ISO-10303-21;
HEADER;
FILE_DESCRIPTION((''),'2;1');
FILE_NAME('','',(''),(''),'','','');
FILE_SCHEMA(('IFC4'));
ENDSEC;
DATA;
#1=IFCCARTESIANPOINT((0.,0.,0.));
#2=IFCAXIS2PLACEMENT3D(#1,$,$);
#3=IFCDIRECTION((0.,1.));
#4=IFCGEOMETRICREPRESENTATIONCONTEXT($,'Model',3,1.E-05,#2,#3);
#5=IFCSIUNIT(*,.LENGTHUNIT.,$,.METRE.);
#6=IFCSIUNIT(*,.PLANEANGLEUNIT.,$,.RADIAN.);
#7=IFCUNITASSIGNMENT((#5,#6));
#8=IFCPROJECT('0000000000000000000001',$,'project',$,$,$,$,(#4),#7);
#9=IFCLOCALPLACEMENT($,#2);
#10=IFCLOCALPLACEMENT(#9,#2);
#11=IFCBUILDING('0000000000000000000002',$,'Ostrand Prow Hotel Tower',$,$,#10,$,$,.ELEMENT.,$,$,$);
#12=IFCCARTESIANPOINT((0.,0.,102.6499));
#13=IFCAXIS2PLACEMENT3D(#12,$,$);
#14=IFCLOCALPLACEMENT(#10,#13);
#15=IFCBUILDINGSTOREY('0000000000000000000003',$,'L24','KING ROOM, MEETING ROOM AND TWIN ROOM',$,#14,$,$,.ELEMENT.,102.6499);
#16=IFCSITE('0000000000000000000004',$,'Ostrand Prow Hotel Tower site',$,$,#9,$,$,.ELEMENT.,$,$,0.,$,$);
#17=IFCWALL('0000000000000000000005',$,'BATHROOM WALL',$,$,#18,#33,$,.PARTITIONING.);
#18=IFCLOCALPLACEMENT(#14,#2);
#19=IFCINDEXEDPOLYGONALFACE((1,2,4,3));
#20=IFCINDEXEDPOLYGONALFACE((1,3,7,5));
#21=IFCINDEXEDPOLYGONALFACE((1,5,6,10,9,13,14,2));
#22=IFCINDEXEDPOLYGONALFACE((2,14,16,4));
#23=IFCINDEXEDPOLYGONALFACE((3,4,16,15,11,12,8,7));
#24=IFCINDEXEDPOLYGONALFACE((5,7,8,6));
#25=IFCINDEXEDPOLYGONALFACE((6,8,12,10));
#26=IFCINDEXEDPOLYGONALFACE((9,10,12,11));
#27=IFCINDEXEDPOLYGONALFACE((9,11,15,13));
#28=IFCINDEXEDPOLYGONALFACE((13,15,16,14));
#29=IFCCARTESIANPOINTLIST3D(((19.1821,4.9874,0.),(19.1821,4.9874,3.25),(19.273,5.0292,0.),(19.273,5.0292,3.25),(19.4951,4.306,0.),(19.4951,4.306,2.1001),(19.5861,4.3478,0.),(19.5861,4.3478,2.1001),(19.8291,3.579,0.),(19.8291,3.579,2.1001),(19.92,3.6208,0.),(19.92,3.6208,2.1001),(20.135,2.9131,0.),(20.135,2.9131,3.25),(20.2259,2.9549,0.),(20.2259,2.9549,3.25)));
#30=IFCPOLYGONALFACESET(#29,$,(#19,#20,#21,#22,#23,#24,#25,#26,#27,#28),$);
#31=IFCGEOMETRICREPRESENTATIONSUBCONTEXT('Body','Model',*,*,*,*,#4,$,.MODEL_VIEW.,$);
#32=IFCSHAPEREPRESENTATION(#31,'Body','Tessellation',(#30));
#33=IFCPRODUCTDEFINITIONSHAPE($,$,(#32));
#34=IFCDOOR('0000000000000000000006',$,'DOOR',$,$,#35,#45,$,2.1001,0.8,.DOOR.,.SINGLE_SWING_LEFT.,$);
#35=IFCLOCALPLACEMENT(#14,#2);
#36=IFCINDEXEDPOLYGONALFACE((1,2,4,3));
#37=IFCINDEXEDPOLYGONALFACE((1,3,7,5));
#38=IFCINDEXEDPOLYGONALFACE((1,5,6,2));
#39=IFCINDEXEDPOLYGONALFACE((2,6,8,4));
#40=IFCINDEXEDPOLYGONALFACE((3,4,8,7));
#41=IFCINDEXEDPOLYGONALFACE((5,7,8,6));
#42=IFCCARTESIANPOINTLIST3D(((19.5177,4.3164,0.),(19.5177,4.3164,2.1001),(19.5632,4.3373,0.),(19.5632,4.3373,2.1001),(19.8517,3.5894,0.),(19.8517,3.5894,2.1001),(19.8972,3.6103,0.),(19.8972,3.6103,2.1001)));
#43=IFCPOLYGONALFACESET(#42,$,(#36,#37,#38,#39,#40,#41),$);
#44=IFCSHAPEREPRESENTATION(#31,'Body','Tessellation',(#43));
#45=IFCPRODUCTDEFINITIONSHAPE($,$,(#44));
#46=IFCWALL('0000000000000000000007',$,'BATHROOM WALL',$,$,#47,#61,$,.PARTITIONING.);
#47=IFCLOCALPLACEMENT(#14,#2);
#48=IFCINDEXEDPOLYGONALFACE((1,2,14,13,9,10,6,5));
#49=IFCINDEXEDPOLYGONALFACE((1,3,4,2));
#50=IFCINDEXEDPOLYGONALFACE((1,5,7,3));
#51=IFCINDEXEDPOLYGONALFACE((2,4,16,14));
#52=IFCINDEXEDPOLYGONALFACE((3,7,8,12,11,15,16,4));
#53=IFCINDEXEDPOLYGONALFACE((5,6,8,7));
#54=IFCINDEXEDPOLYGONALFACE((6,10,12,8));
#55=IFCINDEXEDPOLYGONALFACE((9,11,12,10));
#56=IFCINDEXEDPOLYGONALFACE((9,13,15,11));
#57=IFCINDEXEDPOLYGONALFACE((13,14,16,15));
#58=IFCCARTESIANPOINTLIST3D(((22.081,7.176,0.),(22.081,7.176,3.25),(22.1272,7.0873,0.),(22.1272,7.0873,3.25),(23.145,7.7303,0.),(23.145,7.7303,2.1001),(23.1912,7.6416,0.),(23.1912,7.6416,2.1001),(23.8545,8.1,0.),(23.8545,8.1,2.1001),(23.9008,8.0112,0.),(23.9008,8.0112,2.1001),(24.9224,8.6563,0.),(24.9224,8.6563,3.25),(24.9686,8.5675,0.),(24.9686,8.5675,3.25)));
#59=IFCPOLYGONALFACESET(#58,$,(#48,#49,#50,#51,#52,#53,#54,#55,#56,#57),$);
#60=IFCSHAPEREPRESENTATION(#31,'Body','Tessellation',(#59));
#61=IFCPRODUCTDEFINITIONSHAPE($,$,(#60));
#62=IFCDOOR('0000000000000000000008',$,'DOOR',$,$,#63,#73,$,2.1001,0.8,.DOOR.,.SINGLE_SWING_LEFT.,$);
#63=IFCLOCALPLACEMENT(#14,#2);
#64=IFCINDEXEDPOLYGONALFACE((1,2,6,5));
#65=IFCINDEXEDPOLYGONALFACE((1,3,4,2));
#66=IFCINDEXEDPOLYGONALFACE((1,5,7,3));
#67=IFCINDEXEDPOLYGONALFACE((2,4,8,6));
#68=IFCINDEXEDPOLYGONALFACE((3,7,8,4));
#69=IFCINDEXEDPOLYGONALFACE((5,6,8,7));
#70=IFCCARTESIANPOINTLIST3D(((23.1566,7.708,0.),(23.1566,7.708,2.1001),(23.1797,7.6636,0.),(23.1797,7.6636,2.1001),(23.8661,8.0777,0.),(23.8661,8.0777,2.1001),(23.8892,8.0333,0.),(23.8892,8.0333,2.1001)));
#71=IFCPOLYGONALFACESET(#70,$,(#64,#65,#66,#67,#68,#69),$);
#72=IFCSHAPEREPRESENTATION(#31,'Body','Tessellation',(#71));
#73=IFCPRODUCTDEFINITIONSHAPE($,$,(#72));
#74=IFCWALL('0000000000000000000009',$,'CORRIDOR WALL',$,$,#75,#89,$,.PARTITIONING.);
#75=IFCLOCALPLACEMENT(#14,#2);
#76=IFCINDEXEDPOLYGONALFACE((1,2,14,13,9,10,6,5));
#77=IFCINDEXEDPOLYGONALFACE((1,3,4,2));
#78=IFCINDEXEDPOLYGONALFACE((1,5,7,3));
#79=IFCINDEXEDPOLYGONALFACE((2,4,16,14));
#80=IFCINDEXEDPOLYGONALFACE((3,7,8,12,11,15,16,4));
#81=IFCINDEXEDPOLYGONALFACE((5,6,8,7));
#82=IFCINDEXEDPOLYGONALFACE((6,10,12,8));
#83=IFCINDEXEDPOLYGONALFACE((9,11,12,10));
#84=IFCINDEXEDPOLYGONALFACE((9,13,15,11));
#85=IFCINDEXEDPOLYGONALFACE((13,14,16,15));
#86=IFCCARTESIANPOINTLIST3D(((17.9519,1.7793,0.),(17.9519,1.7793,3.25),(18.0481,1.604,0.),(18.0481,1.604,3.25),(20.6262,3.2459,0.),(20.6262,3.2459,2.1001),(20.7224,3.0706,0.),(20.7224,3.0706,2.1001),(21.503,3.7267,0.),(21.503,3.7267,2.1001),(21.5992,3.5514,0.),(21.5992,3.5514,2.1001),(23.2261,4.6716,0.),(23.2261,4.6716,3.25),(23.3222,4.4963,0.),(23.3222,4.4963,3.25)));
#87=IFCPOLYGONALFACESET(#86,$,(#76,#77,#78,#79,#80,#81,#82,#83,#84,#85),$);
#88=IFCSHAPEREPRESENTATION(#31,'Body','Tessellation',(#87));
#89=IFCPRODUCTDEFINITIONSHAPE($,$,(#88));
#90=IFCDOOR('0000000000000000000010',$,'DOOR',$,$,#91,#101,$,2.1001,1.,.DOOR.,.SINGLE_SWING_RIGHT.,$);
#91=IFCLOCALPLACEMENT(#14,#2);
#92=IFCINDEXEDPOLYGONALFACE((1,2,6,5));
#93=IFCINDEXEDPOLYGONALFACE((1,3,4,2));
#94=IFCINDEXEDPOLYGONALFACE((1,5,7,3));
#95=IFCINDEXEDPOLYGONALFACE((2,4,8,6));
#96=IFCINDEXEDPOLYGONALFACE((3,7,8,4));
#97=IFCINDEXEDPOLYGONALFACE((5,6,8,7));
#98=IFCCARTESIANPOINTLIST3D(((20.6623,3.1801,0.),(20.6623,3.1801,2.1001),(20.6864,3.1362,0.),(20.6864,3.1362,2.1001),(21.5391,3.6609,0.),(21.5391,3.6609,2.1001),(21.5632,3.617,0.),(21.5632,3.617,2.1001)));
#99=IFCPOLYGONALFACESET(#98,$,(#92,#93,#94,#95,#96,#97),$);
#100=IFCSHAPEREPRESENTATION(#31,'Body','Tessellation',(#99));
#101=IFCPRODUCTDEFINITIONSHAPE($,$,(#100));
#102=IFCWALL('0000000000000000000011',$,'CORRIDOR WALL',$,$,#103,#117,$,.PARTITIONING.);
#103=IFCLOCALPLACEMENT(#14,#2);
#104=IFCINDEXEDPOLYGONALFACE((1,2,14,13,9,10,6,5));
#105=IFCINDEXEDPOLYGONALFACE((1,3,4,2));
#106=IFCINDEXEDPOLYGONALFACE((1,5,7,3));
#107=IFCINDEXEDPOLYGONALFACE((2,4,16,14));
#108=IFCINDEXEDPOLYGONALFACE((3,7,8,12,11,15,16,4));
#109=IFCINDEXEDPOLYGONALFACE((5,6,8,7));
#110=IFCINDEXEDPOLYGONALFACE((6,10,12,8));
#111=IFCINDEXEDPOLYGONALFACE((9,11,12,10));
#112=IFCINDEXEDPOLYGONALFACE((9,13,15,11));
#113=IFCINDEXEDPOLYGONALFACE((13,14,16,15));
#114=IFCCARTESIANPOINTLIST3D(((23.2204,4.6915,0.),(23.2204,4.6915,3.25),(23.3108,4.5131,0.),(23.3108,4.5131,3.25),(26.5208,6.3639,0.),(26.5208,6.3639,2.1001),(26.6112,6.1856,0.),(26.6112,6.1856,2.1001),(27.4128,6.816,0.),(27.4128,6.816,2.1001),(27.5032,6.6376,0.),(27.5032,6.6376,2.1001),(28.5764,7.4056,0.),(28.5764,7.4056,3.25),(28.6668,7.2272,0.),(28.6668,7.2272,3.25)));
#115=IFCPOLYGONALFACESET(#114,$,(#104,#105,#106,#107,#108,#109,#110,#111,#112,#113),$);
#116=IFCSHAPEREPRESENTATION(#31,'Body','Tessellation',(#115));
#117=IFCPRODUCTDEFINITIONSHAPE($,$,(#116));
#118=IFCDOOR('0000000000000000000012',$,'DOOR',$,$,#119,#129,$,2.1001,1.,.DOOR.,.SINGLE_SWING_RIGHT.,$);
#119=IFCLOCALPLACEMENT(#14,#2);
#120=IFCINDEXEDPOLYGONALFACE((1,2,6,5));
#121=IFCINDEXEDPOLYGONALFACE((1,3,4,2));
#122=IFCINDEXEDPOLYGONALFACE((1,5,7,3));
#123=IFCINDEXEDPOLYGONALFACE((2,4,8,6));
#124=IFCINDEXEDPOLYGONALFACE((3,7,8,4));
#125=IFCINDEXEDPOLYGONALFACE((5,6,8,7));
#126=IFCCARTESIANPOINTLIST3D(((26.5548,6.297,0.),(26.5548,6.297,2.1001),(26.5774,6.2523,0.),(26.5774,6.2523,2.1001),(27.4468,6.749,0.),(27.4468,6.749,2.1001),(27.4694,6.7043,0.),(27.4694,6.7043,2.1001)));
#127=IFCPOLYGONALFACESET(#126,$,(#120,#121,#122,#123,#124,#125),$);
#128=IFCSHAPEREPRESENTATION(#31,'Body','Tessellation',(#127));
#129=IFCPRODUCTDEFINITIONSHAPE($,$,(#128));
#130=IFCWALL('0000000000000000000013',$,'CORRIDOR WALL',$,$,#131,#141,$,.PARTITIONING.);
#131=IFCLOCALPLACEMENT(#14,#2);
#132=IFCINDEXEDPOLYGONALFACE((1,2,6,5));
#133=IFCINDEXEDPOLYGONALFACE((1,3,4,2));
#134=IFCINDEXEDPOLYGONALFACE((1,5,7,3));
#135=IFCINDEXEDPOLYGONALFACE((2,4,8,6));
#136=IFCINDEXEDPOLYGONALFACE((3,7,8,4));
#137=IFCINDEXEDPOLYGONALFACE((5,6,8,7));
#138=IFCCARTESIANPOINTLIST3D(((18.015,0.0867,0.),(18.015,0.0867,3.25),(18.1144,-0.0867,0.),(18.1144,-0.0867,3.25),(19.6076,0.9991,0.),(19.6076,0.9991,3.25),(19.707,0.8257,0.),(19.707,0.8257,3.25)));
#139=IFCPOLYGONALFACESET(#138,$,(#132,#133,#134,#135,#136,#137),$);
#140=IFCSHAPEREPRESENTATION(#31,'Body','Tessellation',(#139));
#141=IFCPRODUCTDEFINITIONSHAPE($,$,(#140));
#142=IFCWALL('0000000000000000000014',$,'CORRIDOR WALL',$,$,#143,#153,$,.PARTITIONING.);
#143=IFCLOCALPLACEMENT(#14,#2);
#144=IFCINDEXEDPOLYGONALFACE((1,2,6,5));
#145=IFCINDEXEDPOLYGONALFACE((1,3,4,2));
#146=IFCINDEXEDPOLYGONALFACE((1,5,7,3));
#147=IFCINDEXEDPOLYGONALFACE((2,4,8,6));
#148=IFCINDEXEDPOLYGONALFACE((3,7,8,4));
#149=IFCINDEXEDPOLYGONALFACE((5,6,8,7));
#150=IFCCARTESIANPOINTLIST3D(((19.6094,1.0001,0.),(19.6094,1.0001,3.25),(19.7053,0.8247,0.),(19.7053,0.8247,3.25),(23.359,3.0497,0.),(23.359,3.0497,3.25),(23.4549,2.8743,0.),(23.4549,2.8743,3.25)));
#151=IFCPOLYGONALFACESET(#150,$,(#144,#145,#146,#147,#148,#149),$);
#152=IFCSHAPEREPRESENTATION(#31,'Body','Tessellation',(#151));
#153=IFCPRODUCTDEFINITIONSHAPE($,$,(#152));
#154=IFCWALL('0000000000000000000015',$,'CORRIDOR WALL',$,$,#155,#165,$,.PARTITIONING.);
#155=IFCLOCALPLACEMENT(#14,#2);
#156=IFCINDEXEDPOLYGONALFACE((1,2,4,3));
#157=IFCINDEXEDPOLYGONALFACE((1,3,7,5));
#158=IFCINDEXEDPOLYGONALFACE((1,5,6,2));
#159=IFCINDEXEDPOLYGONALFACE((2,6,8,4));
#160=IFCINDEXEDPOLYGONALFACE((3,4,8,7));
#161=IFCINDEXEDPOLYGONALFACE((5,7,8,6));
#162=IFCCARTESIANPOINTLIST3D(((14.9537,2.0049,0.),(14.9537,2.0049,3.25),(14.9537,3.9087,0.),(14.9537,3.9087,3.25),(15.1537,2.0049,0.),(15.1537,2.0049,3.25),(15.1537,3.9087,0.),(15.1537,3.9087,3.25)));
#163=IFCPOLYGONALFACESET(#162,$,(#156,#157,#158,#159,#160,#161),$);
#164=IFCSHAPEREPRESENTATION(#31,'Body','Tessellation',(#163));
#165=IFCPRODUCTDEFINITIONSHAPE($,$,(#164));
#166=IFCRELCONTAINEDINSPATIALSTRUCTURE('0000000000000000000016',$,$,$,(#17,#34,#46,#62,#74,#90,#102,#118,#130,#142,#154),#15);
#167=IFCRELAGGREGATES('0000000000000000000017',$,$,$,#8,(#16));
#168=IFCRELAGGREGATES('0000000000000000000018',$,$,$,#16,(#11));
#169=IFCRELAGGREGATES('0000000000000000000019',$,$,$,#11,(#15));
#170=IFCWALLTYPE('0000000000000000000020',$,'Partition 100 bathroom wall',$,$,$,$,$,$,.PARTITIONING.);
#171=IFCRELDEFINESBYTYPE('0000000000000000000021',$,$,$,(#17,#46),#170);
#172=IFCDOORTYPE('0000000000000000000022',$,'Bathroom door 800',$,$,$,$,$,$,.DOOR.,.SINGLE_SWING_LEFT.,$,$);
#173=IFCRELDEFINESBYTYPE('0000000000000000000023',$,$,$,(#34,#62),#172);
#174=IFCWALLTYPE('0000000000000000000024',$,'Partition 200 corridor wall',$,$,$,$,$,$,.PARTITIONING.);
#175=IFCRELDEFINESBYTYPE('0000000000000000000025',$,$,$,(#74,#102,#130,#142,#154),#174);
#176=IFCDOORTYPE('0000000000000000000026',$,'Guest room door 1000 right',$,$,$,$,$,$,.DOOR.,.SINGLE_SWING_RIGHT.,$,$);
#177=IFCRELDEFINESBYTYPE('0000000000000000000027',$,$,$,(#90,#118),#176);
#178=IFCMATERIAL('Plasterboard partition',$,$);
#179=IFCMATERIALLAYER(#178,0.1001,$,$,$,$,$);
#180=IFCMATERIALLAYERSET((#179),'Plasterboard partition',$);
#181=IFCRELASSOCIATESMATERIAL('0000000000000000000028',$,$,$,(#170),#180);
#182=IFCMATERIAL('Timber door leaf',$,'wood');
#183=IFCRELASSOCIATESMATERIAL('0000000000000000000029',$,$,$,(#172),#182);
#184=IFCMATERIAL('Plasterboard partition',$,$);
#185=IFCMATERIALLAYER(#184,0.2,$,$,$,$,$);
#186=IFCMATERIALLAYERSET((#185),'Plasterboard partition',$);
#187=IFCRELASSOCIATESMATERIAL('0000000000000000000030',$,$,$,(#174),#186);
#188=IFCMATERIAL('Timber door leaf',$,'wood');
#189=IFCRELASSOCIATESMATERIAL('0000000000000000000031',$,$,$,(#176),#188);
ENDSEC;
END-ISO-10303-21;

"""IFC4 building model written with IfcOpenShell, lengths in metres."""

from ifc_helpers import new_model, si_unit, direction, frame, frame_2d, origin, place, context, subcontext, project, spatial, rectangle, extrude, material, layer, layer_set, type_object, element, fill, save


model = new_model("IFC4")

# Units and contexts
model_context = context("Model", 3, precision=1e-05, world=origin(), true_north=direction((0.0, 1.0)))
body_context = subcontext(model_context, "Body", "Model", "MODEL_VIEW")
ifc_project = project(units=[si_unit("LENGTHUNIT", "METRE"), si_unit("PLANEANGLEUNIT", "RADIAN")], contexts=[model_context])

# Site, building, storey
site_placement = place(None, origin())
site = spatial("IfcSite", under=ifc_project, at=site_placement, Name="Ostrand Prow Hotel Tower site", CompositionType="ELEMENT", RefElevation=0.0)
building_placement = place(site_placement, origin())
building = spatial("IfcBuilding", under=site, at=building_placement, Name="Ostrand Prow Hotel Tower", CompositionType="ELEMENT")
storey_placement = place(building_placement, frame((0.0, 0.0, 102.6499)))
storey = spatial("IfcBuildingStorey", under=building, at=storey_placement, Name="L24", Description="KING ROOM, MEETING ROOM AND TWIN ROOM", CompositionType="ELEMENT", Elevation=102.6499)

# Shared definitions
ifc_material_1 = material(Name="Plasterboard partition")
ifc_layer_1 = layer(ifc_material_1, 0.1001)
ifc_layer_set_1 = layer_set([ifc_layer_1], Name="Plasterboard partition")
wall_type_1 = type_object("IfcWallType", Name="Partition 100 bathroom wall", PredefinedType="PARTITIONING", material=ifc_layer_set_1)

# Walls, openings, doors
wall_1_placement = place(storey_placement, frame((19.2275, 5.0083, 0.0), z_axis=(0.0, 0.0, 1.0), x_axis=(0.41745, -0.9087, 0.0)))
wall_1 = element("IfcWall", 1, at=wall_1_placement, inside=storey, type_object=wall_type_1, Name="BATHROOM WALL", PredefinedType="PARTITIONING", context=body_context, shape_type="SweptSolid", body=[
    extrude(rectangle(XDim=2.2827, YDim=0.1001, at=frame_2d((1.1414, 0.0))), origin(), (0.0, 0.0, 1.0), 3.25),
])
opening_1_placement = place(wall_1_placement, frame((0.75, 0.0, 0.0)))
opening_1 = element("IfcOpeningElement", 2, at=opening_1_placement, cuts=wall_1, PredefinedType="OPENING", context=body_context, shape_type="SweptSolid", body=[
    extrude(rectangle(XDim=0.8, YDim=2.1001, at=frame_2d((0.3999, 1.05))), frame((0.0, 0.0601, 0.0), z_axis=(0.0, -1.0, 0.0), x_axis=(1.0, 0.0, 0.0)), (0.0, 0.0, 1.0), 0.1201),
])
ifc_material_2 = material(Name="Timber door leaf", Category="wood")
door_type_1 = type_object("IfcDoorType", Name="Bathroom door 800", OperationType="SINGLE_SWING_LEFT", PredefinedType="DOOR", material=ifc_material_2)
door_1_placement = place(opening_1_placement, origin())
door_1 = element("IfcDoor", 3, at=door_1_placement, inside=storey, type_object=door_type_1, Name="DOOR", OperationType="SINGLE_SWING_LEFT", OverallHeight=2.1001, OverallWidth=0.8, PredefinedType="DOOR", context=body_context, shape_type="SweptSolid", body=[
    extrude(rectangle(XDim=0.8, YDim=2.1001, at=frame_2d((0.3999, 1.05))), frame((0.0, 0.0249, 0.0), z_axis=(0.0, -1.0, 0.0), x_axis=(1.0, 0.0, 0.0)), (0.0, 0.0, 1.0), 0.05),
])
fill(opening_1, door_1)
wall_2_placement = place(storey_placement, frame((22.104, 7.1316, 0.0), z_axis=(0.0, 0.0, 1.0), x_axis=(0.886866, 0.462027, 0.0)))
wall_2 = element("IfcWall", 4, at=wall_2_placement, inside=storey, type_object=wall_type_1, Name="BATHROOM WALL", PredefinedType="PARTITIONING", context=body_context, shape_type="SweptSolid", body=[
    extrude(rectangle(XDim=3.2039, YDim=0.1001, at=frame_2d((1.6021, 0.0))), origin(), (0.0, 0.0, 1.0), 3.25),
])
opening_2_placement = place(wall_2_placement, frame((1.2, 0.0, 0.0)))
opening_2 = element("IfcOpeningElement", 5, at=opening_2_placement, cuts=wall_2, PredefinedType="OPENING", context=body_context, shape_type="SweptSolid", body=[
    extrude(rectangle(XDim=0.8, YDim=2.1001, at=frame_2d((0.3999, 1.05))), frame((0.0, 0.0601, 0.0), z_axis=(0.0, -1.0, 0.0), x_axis=(1.0, 0.0, 0.0)), (0.0, 0.0, 1.0), 0.1201),
])
door_2_placement = place(opening_2_placement, origin())
door_2 = element("IfcDoor", 6, at=door_2_placement, inside=storey, type_object=door_type_1, Name="DOOR", OperationType="SINGLE_SWING_LEFT", OverallHeight=2.1001, OverallWidth=0.8, PredefinedType="DOOR", context=body_context, shape_type="SweptSolid", body=[
    extrude(rectangle(XDim=0.8, YDim=2.1001, at=frame_2d((0.3999, 1.05))), frame((0.0, 0.0249, 0.0), z_axis=(0.0, -1.0, 0.0), x_axis=(1.0, 0.0, 0.0)), (0.0, 0.0, 1.0), 0.05),
])
fill(opening_2, door_2)
ifc_material_3 = material(Name="Plasterboard partition")
ifc_layer_2 = layer(ifc_material_3, 0.2)
ifc_layer_set_2 = layer_set([ifc_layer_2], Name="Plasterboard partition")
wall_type_2 = type_object("IfcWallType", Name="Partition 200 corridor wall", PredefinedType="PARTITIONING", material=ifc_layer_set_2)
wall_3_placement = place(storey_placement, frame((18.0, 1.6917, 0.0), z_axis=(0.0, 0.0, 1.0), x_axis=(0.876809, 0.480839, 0.0)))
wall_3 = element("IfcWall", 7, at=wall_3_placement, inside=storey, type_object=wall_type_2, Name="CORRIDOR WALL", PredefinedType="PARTITIONING", context=body_context, shape_type="SweptSolid", body=[
    extrude(rectangle(XDim=6.0151, YDim=0.2, at=frame_2d((3.0076, 0.0))), origin(), (0.0, 0.0, 1.0), 3.25),
])
opening_3_placement = place(wall_3_placement, frame((3.05, 0.0, 0.0)))
opening_3 = element("IfcOpeningElement", 8, at=opening_3_placement, cuts=wall_3, PredefinedType="OPENING", context=body_context, shape_type="SweptSolid", body=[
    extrude(rectangle(XDim=1.0, YDim=2.1001, at=frame_2d((0.5, 1.05))), frame((0.0, 0.1099, 0.0), z_axis=(0.0, -1.0, 0.0), x_axis=(1.0, 0.0, 0.0)), (0.0, 0.0, 1.0), 0.22),
])
ifc_material_4 = material(Name="Timber door leaf", Category="wood")
door_type_2 = type_object("IfcDoorType", Name="Guest room door 1000 right", OperationType="SINGLE_SWING_RIGHT", PredefinedType="DOOR", material=ifc_material_4)
door_3_placement = place(opening_3_placement, origin())
door_3 = element("IfcDoor", 9, at=door_3_placement, inside=storey, type_object=door_type_2, Name="DOOR", OperationType="SINGLE_SWING_RIGHT", OverallHeight=2.1001, OverallWidth=1.0, PredefinedType="DOOR", context=body_context, shape_type="SweptSolid", body=[
    extrude(rectangle(XDim=1.0, YDim=2.1001, at=frame_2d((0.5, 1.05))), frame((0.0, 0.0249, 0.0), z_axis=(0.0, -1.0, 0.0), x_axis=(1.0, 0.0, 0.0)), (0.0, 0.0, 1.0), 0.05),
])
fill(opening_3, door_3)
wall_4_placement = place(storey_placement, frame((23.2656, 4.6023, 0.0), z_axis=(0.0, 0.0, 1.0), x_axis=(0.892007, 0.452021, 0.0)))
wall_4 = element("IfcWall", 10, at=wall_4_placement, inside=storey, type_object=wall_type_2, Name="CORRIDOR WALL", PredefinedType="PARTITIONING", context=body_context, shape_type="SweptSolid", body=[
    extrude(rectangle(XDim=6.0044, YDim=0.2, at=frame_2d((3.0022, 0.0))), origin(), (0.0, 0.0, 1.0), 3.25),
])
opening_4_placement = place(wall_4_placement, frame((3.7, 0.0, 0.0)))
opening_4 = element("IfcOpeningElement", 11, at=opening_4_placement, cuts=wall_4, PredefinedType="OPENING", context=body_context, shape_type="SweptSolid", body=[
    extrude(rectangle(XDim=1.0, YDim=2.1001, at=frame_2d((0.5, 1.05))), frame((0.0, 0.1099, 0.0), z_axis=(0.0, -1.0, 0.0), x_axis=(1.0, 0.0, 0.0)), (0.0, 0.0, 1.0), 0.22),
])
door_4_placement = place(opening_4_placement, origin())
door_4 = element("IfcDoor", 12, at=door_4_placement, inside=storey, type_object=door_type_2, Name="DOOR", OperationType="SINGLE_SWING_RIGHT", OverallHeight=2.1001, OverallWidth=1.0, PredefinedType="DOOR", context=body_context, shape_type="SweptSolid", body=[
    extrude(rectangle(XDim=1.0, YDim=2.1001, at=frame_2d((0.5, 1.05))), frame((0.0, 0.0249, 0.0), z_axis=(0.0, -1.0, 0.0), x_axis=(1.0, 0.0, 0.0)), (0.0, 0.0, 1.0), 0.05),
])
fill(opening_4, door_4)

# Walls
wall_5_placement = place(storey_placement, frame((18.0647, 0.0, 0.0), z_axis=(0.0, 0.0, 1.0), x_axis=(0.867694, 0.497098, 0.0)))
element("IfcWall", 13, at=wall_5_placement, inside=storey, type_object=wall_type_2, Name="CORRIDOR WALL", PredefinedType="PARTITIONING", context=body_context, shape_type="SweptSolid", body=[
    extrude(rectangle(XDim=1.8354, YDim=0.2, at=frame_2d((0.9177, 0.0))), origin(), (0.0, 0.0, 1.0), 3.25),
])
wall_6_placement = place(storey_placement, frame((19.6572, 0.9124, 0.0), z_axis=(0.0, 0.0, 1.0), x_axis=(0.877465, 0.479641, 0.0)))
element("IfcWall", 14, at=wall_6_placement, inside=storey, type_object=wall_type_2, Name="CORRIDOR WALL", PredefinedType="PARTITIONING", context=body_context, shape_type="SweptSolid", body=[
    extrude(rectangle(XDim=4.2732, YDim=0.2, at=frame_2d((2.1367, 0.0))), origin(), (0.0, 0.0, 1.0), 3.25),
])
wall_7_placement = place(storey_placement, frame((15.0537, 3.9087, 0.0), z_axis=(0.0, 0.0, 1.0), x_axis=(0.0, -1.0, 0.0)))
element("IfcWall", 15, at=wall_7_placement, inside=storey, type_object=wall_type_2, Name="CORRIDOR WALL", PredefinedType="PARTITIONING", context=body_context, shape_type="SweptSolid", body=[
    extrude(rectangle(XDim=1.9038, YDim=0.2, at=frame_2d((0.9519, 0.0))), origin(), (0.0, 0.0, 1.0), 3.25),
])

save(model, "model.ifc")
